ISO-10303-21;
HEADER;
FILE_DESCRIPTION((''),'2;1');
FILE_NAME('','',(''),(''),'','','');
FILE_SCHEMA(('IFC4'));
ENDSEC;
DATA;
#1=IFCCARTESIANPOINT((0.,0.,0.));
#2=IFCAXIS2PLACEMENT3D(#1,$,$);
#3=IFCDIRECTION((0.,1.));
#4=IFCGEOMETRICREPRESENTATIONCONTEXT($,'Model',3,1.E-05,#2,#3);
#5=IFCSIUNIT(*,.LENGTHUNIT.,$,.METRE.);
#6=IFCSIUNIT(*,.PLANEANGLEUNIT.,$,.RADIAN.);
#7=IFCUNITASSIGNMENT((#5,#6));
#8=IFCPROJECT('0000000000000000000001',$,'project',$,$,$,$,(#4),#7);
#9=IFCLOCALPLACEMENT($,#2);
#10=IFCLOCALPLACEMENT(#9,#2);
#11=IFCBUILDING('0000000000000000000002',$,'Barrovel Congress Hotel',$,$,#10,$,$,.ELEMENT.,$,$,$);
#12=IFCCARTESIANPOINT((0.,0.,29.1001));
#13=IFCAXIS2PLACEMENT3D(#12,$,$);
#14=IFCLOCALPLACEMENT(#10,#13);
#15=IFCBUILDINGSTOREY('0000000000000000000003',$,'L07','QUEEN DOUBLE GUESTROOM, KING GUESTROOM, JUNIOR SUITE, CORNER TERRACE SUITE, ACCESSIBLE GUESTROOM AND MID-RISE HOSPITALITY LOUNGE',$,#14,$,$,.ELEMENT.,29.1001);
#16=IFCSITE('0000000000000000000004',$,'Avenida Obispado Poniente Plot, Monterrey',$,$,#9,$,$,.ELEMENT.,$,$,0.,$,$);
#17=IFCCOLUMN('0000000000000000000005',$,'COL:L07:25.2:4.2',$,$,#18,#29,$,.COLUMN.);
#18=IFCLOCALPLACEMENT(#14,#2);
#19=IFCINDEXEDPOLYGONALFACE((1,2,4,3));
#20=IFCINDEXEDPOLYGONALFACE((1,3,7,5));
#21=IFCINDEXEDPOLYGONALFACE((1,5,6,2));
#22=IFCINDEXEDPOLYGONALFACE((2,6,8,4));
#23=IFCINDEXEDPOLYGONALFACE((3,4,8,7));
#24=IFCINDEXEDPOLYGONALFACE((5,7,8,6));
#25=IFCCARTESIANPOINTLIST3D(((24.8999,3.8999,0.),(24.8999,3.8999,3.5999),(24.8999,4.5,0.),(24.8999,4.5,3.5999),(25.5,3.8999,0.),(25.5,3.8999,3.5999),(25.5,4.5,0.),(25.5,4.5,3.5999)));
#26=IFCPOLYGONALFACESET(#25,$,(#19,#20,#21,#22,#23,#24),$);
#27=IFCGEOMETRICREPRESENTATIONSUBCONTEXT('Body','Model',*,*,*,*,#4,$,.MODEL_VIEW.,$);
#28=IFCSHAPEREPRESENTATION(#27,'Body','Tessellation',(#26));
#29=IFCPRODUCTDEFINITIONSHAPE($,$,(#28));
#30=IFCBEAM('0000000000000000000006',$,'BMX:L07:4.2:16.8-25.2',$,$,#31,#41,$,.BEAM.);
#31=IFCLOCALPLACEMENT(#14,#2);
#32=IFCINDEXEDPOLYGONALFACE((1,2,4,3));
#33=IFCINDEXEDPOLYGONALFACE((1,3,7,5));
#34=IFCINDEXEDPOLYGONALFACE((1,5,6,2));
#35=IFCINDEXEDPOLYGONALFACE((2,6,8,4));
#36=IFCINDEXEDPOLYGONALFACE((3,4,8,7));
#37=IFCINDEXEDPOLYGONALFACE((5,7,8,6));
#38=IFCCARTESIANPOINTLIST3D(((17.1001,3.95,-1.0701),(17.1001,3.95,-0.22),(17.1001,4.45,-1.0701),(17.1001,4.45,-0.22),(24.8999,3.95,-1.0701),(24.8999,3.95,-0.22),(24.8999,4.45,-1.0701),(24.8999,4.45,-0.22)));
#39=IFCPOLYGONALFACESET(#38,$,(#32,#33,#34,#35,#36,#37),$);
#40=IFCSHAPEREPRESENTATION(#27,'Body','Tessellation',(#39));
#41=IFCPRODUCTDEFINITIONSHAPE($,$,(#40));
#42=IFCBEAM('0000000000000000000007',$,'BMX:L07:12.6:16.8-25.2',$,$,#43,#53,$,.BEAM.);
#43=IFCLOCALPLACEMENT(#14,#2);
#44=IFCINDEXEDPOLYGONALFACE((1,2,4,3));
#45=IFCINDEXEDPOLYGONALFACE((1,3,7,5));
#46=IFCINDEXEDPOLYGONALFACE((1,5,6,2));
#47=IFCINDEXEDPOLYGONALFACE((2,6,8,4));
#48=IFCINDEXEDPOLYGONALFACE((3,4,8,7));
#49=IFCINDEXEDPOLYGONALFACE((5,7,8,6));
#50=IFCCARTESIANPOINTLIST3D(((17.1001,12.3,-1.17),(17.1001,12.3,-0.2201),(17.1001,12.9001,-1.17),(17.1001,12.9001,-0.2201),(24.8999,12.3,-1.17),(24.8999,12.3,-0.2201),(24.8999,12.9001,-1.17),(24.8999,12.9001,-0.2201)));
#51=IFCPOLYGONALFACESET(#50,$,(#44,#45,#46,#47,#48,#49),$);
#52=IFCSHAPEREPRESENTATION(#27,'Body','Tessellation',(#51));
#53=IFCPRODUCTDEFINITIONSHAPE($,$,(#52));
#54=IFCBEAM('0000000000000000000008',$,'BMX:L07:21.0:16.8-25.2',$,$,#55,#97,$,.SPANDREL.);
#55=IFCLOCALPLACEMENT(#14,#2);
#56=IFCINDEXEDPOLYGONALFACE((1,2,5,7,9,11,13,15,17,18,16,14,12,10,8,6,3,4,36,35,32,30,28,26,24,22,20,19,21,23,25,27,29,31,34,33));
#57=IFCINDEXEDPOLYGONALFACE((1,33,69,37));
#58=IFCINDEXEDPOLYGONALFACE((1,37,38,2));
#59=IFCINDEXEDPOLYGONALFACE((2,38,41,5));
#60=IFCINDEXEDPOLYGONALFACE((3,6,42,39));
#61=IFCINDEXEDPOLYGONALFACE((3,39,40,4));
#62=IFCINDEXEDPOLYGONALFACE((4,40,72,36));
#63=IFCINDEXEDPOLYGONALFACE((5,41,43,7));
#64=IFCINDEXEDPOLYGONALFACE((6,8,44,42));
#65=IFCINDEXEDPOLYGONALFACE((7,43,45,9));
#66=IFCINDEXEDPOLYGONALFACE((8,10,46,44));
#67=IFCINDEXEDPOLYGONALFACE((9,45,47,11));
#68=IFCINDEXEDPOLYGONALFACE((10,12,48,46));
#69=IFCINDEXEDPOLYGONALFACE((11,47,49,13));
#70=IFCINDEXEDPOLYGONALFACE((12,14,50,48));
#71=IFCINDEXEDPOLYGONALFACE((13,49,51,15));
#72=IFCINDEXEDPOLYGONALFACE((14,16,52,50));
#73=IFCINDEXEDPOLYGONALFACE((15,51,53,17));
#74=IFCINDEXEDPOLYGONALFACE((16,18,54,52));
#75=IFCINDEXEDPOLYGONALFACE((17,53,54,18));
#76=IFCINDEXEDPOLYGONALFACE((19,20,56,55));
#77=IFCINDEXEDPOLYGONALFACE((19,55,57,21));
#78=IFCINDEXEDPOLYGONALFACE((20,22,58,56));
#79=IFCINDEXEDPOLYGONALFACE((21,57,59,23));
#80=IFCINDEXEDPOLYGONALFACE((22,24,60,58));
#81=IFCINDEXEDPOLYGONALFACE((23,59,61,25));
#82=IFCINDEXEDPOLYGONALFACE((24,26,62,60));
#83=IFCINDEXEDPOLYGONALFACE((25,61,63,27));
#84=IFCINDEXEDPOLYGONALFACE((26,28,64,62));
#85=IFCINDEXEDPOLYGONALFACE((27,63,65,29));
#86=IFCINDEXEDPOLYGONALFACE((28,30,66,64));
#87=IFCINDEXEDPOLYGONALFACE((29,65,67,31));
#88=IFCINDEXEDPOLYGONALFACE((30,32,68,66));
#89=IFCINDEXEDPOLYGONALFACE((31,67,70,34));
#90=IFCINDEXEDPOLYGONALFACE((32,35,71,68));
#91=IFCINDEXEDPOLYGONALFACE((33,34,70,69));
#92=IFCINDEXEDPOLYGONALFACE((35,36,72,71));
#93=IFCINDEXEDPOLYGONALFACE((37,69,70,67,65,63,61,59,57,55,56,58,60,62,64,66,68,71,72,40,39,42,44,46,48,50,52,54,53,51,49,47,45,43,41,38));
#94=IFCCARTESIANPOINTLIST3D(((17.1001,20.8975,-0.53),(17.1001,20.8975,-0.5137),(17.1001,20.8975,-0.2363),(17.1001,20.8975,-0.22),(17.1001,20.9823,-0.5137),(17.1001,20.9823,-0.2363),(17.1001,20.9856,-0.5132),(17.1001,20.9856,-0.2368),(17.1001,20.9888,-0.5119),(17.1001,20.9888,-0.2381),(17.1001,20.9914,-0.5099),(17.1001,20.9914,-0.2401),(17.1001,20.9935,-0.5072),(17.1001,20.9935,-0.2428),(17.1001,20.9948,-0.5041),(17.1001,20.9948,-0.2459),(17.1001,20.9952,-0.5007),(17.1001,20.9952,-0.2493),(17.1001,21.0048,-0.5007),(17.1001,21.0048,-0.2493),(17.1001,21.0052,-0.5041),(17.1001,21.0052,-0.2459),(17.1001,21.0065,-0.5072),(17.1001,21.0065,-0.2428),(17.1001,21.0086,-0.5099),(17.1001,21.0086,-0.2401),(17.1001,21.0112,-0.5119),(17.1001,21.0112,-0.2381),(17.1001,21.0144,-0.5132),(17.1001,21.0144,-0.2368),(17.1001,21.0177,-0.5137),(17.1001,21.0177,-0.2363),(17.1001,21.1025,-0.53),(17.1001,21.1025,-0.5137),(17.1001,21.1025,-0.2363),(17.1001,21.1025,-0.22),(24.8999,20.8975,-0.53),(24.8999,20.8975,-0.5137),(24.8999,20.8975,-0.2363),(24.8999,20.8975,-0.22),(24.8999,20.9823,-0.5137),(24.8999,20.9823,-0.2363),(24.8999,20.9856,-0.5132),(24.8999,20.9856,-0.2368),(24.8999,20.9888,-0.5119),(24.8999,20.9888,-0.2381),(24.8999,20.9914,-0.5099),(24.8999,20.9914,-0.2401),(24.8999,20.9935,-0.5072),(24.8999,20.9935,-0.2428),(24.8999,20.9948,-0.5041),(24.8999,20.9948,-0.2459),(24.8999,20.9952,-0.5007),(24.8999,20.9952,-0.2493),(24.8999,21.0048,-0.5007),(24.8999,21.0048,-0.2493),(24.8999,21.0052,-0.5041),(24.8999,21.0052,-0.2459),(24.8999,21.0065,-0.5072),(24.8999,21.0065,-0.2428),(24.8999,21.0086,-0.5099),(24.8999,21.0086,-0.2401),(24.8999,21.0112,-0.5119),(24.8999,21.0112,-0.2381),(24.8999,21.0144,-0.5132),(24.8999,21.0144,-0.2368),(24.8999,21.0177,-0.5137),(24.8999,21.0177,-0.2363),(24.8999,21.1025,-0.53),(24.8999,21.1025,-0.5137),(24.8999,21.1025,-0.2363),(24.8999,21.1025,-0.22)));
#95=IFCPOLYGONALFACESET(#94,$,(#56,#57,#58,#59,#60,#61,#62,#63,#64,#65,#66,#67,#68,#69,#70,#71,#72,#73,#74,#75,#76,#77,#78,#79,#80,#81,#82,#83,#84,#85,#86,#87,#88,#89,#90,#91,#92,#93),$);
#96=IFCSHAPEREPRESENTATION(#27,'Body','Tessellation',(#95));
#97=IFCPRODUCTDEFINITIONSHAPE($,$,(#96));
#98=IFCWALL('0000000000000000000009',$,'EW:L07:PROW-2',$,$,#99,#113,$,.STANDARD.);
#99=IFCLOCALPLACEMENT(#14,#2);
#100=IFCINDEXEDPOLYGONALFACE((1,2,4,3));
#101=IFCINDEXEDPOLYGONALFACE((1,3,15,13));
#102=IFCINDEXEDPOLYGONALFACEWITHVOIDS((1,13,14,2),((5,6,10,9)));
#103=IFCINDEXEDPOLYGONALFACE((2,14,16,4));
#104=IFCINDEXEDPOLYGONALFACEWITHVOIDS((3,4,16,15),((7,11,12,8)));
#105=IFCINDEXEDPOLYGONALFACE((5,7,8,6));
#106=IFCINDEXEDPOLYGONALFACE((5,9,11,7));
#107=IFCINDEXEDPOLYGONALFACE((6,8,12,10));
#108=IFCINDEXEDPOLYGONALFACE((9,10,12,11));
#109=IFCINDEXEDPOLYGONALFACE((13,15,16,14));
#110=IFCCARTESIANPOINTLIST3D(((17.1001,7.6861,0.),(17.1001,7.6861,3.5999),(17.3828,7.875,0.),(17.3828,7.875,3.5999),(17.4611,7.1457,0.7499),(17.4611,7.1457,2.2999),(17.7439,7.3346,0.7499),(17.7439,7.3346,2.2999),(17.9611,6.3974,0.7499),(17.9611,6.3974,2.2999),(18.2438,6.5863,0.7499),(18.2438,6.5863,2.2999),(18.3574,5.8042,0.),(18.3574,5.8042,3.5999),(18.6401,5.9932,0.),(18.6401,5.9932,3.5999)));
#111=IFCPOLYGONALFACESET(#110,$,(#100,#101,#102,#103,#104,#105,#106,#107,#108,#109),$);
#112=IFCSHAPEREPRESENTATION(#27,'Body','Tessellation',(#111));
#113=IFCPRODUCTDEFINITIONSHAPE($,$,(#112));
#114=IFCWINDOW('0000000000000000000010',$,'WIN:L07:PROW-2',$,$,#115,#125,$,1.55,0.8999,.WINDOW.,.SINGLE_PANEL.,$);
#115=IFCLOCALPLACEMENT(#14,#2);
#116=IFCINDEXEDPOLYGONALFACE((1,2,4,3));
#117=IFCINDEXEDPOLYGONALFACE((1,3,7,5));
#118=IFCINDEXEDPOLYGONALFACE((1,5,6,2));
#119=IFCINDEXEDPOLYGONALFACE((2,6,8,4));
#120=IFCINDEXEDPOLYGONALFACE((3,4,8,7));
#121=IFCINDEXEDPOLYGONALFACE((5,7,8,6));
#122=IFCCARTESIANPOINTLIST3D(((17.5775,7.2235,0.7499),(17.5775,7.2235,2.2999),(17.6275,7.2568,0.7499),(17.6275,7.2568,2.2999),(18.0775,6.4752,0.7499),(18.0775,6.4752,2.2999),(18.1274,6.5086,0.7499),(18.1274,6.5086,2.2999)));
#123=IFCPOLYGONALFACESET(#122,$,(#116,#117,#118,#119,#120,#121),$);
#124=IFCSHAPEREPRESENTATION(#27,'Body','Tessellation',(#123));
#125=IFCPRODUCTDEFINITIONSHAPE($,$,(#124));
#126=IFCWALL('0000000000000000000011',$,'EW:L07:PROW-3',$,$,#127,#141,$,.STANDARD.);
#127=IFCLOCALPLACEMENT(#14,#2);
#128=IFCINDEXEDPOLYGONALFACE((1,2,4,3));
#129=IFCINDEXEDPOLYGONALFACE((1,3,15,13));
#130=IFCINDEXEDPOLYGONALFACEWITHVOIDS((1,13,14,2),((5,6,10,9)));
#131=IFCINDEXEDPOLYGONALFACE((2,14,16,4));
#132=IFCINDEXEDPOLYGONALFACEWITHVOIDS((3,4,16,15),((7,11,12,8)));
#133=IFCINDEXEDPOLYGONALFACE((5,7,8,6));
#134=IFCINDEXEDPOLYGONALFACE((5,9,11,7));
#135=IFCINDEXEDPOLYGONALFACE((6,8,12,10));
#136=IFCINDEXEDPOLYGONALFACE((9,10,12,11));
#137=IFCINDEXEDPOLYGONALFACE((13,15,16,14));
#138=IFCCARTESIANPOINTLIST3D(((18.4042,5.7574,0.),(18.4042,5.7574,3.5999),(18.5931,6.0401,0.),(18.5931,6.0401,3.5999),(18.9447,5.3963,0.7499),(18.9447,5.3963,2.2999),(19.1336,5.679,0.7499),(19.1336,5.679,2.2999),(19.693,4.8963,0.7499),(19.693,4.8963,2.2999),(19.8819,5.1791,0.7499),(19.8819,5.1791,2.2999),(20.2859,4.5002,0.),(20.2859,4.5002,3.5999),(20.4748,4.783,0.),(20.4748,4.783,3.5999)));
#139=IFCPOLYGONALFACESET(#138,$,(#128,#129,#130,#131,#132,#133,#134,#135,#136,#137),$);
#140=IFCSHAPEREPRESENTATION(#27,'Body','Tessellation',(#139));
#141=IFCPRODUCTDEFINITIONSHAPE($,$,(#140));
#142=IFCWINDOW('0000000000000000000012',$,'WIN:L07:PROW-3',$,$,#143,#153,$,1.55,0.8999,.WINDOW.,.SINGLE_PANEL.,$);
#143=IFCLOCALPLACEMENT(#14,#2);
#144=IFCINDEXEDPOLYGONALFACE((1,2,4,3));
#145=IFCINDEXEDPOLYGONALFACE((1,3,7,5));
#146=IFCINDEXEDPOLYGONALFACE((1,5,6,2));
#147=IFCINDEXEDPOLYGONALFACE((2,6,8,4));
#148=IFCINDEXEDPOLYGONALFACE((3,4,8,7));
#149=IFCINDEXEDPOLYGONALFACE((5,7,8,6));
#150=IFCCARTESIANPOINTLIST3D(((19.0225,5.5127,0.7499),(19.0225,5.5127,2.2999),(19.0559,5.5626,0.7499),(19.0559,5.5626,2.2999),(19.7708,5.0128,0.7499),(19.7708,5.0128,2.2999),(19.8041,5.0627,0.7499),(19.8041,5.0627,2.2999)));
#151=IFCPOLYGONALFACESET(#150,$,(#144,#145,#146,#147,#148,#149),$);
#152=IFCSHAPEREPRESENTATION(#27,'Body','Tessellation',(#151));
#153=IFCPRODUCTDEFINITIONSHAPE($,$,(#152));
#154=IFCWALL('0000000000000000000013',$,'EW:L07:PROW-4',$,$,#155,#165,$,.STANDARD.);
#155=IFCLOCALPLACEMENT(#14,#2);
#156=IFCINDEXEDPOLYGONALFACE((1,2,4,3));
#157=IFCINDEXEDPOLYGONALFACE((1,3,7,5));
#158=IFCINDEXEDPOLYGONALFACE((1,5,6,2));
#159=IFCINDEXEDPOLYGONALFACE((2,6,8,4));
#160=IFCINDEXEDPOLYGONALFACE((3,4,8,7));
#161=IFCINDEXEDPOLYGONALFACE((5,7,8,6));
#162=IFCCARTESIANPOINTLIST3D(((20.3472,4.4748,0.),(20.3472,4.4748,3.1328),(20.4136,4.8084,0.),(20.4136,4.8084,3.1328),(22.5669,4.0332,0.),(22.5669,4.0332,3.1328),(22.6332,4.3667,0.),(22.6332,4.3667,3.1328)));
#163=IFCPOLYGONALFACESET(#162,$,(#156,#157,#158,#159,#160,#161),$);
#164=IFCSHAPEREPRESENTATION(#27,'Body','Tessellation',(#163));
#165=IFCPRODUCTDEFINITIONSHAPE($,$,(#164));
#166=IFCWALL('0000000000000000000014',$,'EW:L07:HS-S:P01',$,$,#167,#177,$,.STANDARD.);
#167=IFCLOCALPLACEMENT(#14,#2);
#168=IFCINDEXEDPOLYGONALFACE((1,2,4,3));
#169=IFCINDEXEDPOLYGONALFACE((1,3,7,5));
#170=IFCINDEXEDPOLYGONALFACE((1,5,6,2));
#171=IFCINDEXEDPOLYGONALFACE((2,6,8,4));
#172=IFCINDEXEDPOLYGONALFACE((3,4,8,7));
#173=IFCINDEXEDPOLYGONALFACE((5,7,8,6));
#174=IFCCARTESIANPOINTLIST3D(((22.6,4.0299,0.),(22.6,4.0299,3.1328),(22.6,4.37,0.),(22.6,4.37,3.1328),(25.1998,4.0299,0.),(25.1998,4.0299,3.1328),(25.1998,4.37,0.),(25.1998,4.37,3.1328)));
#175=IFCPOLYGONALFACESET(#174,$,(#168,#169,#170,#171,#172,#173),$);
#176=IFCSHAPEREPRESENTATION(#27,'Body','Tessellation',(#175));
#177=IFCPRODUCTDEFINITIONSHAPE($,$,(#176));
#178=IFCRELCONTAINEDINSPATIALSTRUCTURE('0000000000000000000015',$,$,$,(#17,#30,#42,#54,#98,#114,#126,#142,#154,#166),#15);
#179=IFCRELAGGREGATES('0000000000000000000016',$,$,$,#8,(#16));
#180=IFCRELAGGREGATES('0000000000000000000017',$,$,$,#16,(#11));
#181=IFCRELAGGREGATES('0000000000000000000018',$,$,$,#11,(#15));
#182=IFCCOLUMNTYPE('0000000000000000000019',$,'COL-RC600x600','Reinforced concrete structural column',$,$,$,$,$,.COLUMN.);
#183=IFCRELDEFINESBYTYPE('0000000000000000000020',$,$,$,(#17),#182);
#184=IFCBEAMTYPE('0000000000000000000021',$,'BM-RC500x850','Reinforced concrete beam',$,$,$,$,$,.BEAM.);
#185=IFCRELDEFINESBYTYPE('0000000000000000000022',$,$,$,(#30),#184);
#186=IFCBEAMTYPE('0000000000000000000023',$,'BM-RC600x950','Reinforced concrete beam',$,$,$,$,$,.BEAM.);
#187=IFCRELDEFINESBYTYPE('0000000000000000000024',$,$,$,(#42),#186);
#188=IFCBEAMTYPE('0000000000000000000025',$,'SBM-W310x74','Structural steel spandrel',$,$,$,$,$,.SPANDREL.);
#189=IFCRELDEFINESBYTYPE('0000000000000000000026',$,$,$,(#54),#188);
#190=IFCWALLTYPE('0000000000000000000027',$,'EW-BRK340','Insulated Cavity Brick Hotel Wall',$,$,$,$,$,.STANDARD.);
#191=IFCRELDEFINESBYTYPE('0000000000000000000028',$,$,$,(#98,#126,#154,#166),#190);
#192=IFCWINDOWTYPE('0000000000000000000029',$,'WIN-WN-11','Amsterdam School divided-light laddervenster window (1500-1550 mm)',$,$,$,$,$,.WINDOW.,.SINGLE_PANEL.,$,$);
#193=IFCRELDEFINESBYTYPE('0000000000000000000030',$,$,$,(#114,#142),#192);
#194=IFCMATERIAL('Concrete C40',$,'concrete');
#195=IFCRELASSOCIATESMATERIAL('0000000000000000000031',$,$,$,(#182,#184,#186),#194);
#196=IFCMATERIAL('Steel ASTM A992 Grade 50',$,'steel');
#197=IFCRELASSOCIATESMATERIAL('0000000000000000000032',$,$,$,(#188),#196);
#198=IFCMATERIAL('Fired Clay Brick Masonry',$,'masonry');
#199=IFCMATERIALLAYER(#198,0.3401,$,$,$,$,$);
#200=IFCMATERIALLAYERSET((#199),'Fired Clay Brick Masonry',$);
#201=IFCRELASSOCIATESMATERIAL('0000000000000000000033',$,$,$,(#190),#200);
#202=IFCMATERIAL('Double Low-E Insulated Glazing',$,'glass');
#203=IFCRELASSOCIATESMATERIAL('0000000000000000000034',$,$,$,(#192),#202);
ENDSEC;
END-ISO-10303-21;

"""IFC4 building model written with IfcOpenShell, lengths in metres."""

from ifc_helpers import new_model, si_unit, direction, frame, frame_2d, origin, origin_2d, place, context, subcontext, project, spatial, rectangle, i_section, extrude, material, layer, layer_set, material_profile, profile_set, type_object, element, fill, save


model = new_model("IFC4")

# Units and contexts
model_context = context("Model", 3, precision=1e-05, world=origin(), true_north=direction((0.0, 1.0)))
body_context = subcontext(model_context, "Body", "Model", "MODEL_VIEW")
ifc_project = project(units=[si_unit("LENGTHUNIT", "METRE"), si_unit("PLANEANGLEUNIT", "RADIAN")], contexts=[model_context])

# Site, building, storey
site_placement = place(None, origin())
site = spatial("IfcSite", under=ifc_project, at=site_placement, Name="Avenida Obispado Poniente Plot, Monterrey", CompositionType="ELEMENT", RefElevation=0.0)
building_placement = place(site_placement, origin())
building = spatial("IfcBuilding", under=site, at=building_placement, Name="Barrovel Congress Hotel", CompositionType="ELEMENT")
storey_placement = place(building_placement, frame((0.0, 0.0, 29.1001)))
storey = spatial("IfcBuildingStorey", under=building, at=storey_placement, Name="L07", Description="QUEEN DOUBLE GUESTROOM, KING GUESTROOM, JUNIOR SUITE, CORNER TERRACE SUITE, ACCESSIBLE GUESTROOM AND MID-RISE HOSPITALITY LOUNGE", CompositionType="ELEMENT", Elevation=29.1001)

# Column
ifc_material_1 = material(Name="Concrete C40", Category="concrete")
ifc_material_profile_1 = material_profile(ifc_material_1, rectangle(XDim=0.6001, YDim=0.6001, at=origin_2d()), Name="RC600x600")
ifc_profile_set_1 = profile_set([ifc_material_profile_1], Name="Concrete C40")
column_type = type_object("IfcColumnType", Name="COL-RC600x600", Description="Reinforced concrete structural column", PredefinedType="COLUMN", material=ifc_profile_set_1)
column_placement = place(storey_placement, frame((25.2, 4.2, 0.0), z_axis=(0.0, 0.0, 1.0), x_axis=(1.0, 0.0, 0.0)))
element("IfcColumn", 1, at=column_placement, inside=storey, type_object=column_type, Name="COL:L07:25.2:4.2", PredefinedType="COLUMN", context=body_context, shape_type="SweptSolid", body=[
    extrude(rectangle(XDim=0.6001, YDim=0.6001, at=origin_2d()), origin(), (0.0, 0.0, 1.0), 3.5999),
])

# Beams
ifc_material_profile_2 = material_profile(ifc_material_1, rectangle(XDim=0.5, YDim=0.8501, at=origin_2d()), Name="RC500x850")
ifc_profile_set_2 = profile_set([ifc_material_profile_2], Name="Concrete C40")
beam_type_1 = type_object("IfcBeamType", Name="BM-RC500x850", Description="Reinforced concrete beam", PredefinedType="BEAM", material=ifc_profile_set_2)
beam_1_placement = place(storey_placement, frame((17.1001, 4.2, -0.645), z_axis=(1.0, 0.0, 0.0), x_axis=(0.0, 1.0, 0.0)))
element("IfcBeam", 2, at=beam_1_placement, inside=storey, type_object=beam_type_1, Name="BMX:L07:4.2:16.8-25.2", PredefinedType="BEAM", context=body_context, shape_type="SweptSolid", body=[
    extrude(rectangle(XDim=0.5, YDim=0.8501, at=origin_2d()), origin(), (0.0, 0.0, 1.0), 7.7998),
])
ifc_material_profile_3 = material_profile(ifc_material_1, rectangle(XDim=0.6001, YDim=0.95, at=origin_2d()), Name="RC600x950")
ifc_profile_set_3 = profile_set([ifc_material_profile_3], Name="Concrete C40")
beam_type_2 = type_object("IfcBeamType", Name="BM-RC600x950", Description="Reinforced concrete beam", PredefinedType="BEAM", material=ifc_profile_set_3)
beam_2_placement = place(storey_placement, frame((17.1001, 12.6001, -0.6951), z_axis=(1.0, 0.0, 0.0), x_axis=(0.0, 1.0, 0.0)))
element("IfcBeam", 3, at=beam_2_placement, inside=storey, type_object=beam_type_2, Name="BMX:L07:12.6:16.8-25.2", PredefinedType="BEAM", context=body_context, shape_type="SweptSolid", body=[
    extrude(rectangle(XDim=0.6001, YDim=0.95, at=origin_2d()), origin(), (0.0, 0.0, 1.0), 7.7998),
])
ifc_material_2 = material(Name="Steel ASTM A992 Grade 50", Category="steel")
ifc_material_profile_4 = material_profile(ifc_material_2, i_section(OverallWidth=0.2051, OverallDepth=0.3101, WebThickness=0.0095, FlangeThickness=0.0164, FilletRadius=0.0129, at=origin_2d()), Name="W310x74")
ifc_profile_set_4 = profile_set([ifc_material_profile_4], Name="Steel ASTM A992 Grade 50")
beam_type_3 = type_object("IfcBeamType", Name="SBM-W310x74", Description="Structural steel spandrel", PredefinedType="SPANDREL", material=ifc_profile_set_4)
beam_3_placement = place(storey_placement, frame((17.1001, 21.0, -0.375), z_axis=(1.0, 0.0, 0.0), x_axis=(0.0, 1.0, 0.0)))
element("IfcBeam", 4, at=beam_3_placement, inside=storey, type_object=beam_type_3, Name="BMX:L07:21.0:16.8-25.2", PredefinedType="SPANDREL", context=body_context, shape_type="SweptSolid", body=[
    extrude(i_section(OverallWidth=0.2051, OverallDepth=0.3101, WebThickness=0.0095, FlangeThickness=0.0164, FilletRadius=0.0129, at=origin_2d()), origin(), (0.0, 0.0, 1.0), 7.7998),
])

# Walls, openings, windows
ifc_material_3 = material(Name="Fired Clay Brick Masonry", Category="masonry")
ifc_layer_1 = layer(ifc_material_3, 0.3401)
ifc_layer_set_1 = layer_set([ifc_layer_1], Name="Fired Clay Brick Masonry")
wall_type_1 = type_object("IfcWallType", Name="EW-BRK340", Description="Insulated Cavity Brick Hotel Wall", PredefinedType="STANDARD", material=ifc_layer_set_1)
wall_1_placement = place(storey_placement, frame((17.2415, 7.7805, 0.0), z_axis=(0.0, 0.0, 1.0), x_axis=(0.555546, -0.831486, 0.0)))
wall_1 = element("IfcWall", 5, at=wall_1_placement, inside=storey, type_object=wall_type_1, Name="EW:L07:PROW-2", PredefinedType="STANDARD", context=body_context, shape_type="SweptSolid", body=[
    extrude(rectangle(XDim=2.2632, YDim=0.3401, at=frame_2d((1.1316, 0.0))), origin(), (0.0, 0.0, 1.0), 3.5999),
])
opening_1_placement = place(wall_1_placement, frame((0.6499, 0.0, 0.75)))
opening_1 = element("IfcOpeningElement", 6, at=opening_1_placement, cuts=wall_1, PredefinedType="OPENING", context=body_context, shape_type="SweptSolid", body=[
    extrude(rectangle(XDim=0.8999, YDim=1.55, at=frame_2d((0.45, 0.7749))), frame((0.0, 0.1802, 0.0), z_axis=(0.0, -1.0, 0.0), x_axis=(1.0, 0.0, 0.0)), (0.0, 0.0, 1.0), 0.3601),
])
ifc_material_4 = material(Name="Double Low-E Insulated Glazing", Category="glass")
window_type = type_object("IfcWindowType", Name="WIN-WN-11", Description="Amsterdam School divided-light laddervenster window (1500-1550 mm)", PartitioningType="SINGLE_PANEL", PredefinedType="WINDOW", material=ifc_material_4)
window_1_placement = place(opening_1_placement, origin())
window_1 = element("IfcWindow", 7, at=window_1_placement, inside=storey, type_object=window_type, Name="WIN:L07:PROW-2", OverallHeight=1.55, OverallWidth=0.8999, PartitioningType="SINGLE_PANEL", PredefinedType="WINDOW", context=body_context, shape_type="SweptSolid", body=[
    extrude(rectangle(XDim=0.8999, YDim=1.55, at=frame_2d((0.45, 0.7749))), frame((0.0, 0.03, 0.0), z_axis=(0.0, -1.0, 0.0), x_axis=(1.0, 0.0, 0.0)), (0.0, 0.0, 1.0), 0.0601),
])
fill(opening_1, window_1)
wall_2_placement = place(storey_placement, frame((18.4988, 5.8987, 0.0), z_axis=(0.0, 0.0, 1.0), x_axis=(0.831502, -0.555522, 0.0)))
wall_2 = element("IfcWall", 8, at=wall_2_placement, inside=storey, type_object=wall_type_1, Name="EW:L07:PROW-3", PredefinedType="STANDARD", context=body_context, shape_type="SweptSolid", body=[
    extrude(rectangle(XDim=2.2629, YDim=0.3401, at=frame_2d((1.1313, 0.0))), origin(), (0.0, 0.0, 1.0), 3.5999),
])
opening_2_placement = place(wall_2_placement, frame((0.6499, 0.0, 0.75)))
opening_2 = element("IfcOpeningElement", 9, at=opening_2_placement, cuts=wall_2, PredefinedType="OPENING", context=body_context, shape_type="SweptSolid", body=[
    extrude(rectangle(XDim=0.8999, YDim=1.55, at=frame_2d((0.45, 0.7749))), frame((0.0, 0.1802, 0.0), z_axis=(0.0, -1.0, 0.0), x_axis=(1.0, 0.0, 0.0)), (0.0, 0.0, 1.0), 0.3601),
])
window_2_placement = place(opening_2_placement, origin())
window_2 = element("IfcWindow", 10, at=window_2_placement, inside=storey, type_object=window_type, Name="WIN:L07:PROW-3", OverallHeight=1.55, OverallWidth=0.8999, PartitioningType="SINGLE_PANEL", PredefinedType="WINDOW", context=body_context, shape_type="SweptSolid", body=[
    extrude(rectangle(XDim=0.8999, YDim=1.55, at=frame_2d((0.45, 0.7749))), frame((0.0, 0.03, 0.0), z_axis=(0.0, -1.0, 0.0), x_axis=(1.0, 0.0, 0.0)), (0.0, 0.0, 1.0), 0.0601),
])
fill(opening_2, window_2)

# Walls
wall_3_placement = place(storey_placement, frame((20.3804, 4.6416, 0.0), z_axis=(0.0, 0.0, 1.0), x_axis=(0.980775, -0.195141, 0.0)))
element("IfcWall", 11, at=wall_3_placement, inside=storey, type_object=wall_type_1, Name="EW:L07:PROW-4", PredefinedType="STANDARD", context=body_context, shape_type="SweptSolid", body=[
    extrude(rectangle(XDim=2.2632, YDim=0.3401, at=frame_2d((1.1316, 0.0))), origin(), (0.0, 0.0, 1.0), 3.1328),
])
wall_4_placement = place(storey_placement, frame((22.6001, 4.2, 0.0), z_axis=(0.0, 0.0, 1.0), x_axis=(1.0, 0.0, 0.0)))
element("IfcWall", 12, at=wall_4_placement, inside=storey, type_object=wall_type_1, Name="EW:L07:HS-S:P01", PredefinedType="STANDARD", context=body_context, shape_type="SweptSolid", body=[
    extrude(rectangle(XDim=2.5999, YDim=0.3401, at=frame_2d((1.2998, 0.0))), origin(), (0.0, 0.0, 1.0), 3.1328),
])

save(model, "model.ifc")
